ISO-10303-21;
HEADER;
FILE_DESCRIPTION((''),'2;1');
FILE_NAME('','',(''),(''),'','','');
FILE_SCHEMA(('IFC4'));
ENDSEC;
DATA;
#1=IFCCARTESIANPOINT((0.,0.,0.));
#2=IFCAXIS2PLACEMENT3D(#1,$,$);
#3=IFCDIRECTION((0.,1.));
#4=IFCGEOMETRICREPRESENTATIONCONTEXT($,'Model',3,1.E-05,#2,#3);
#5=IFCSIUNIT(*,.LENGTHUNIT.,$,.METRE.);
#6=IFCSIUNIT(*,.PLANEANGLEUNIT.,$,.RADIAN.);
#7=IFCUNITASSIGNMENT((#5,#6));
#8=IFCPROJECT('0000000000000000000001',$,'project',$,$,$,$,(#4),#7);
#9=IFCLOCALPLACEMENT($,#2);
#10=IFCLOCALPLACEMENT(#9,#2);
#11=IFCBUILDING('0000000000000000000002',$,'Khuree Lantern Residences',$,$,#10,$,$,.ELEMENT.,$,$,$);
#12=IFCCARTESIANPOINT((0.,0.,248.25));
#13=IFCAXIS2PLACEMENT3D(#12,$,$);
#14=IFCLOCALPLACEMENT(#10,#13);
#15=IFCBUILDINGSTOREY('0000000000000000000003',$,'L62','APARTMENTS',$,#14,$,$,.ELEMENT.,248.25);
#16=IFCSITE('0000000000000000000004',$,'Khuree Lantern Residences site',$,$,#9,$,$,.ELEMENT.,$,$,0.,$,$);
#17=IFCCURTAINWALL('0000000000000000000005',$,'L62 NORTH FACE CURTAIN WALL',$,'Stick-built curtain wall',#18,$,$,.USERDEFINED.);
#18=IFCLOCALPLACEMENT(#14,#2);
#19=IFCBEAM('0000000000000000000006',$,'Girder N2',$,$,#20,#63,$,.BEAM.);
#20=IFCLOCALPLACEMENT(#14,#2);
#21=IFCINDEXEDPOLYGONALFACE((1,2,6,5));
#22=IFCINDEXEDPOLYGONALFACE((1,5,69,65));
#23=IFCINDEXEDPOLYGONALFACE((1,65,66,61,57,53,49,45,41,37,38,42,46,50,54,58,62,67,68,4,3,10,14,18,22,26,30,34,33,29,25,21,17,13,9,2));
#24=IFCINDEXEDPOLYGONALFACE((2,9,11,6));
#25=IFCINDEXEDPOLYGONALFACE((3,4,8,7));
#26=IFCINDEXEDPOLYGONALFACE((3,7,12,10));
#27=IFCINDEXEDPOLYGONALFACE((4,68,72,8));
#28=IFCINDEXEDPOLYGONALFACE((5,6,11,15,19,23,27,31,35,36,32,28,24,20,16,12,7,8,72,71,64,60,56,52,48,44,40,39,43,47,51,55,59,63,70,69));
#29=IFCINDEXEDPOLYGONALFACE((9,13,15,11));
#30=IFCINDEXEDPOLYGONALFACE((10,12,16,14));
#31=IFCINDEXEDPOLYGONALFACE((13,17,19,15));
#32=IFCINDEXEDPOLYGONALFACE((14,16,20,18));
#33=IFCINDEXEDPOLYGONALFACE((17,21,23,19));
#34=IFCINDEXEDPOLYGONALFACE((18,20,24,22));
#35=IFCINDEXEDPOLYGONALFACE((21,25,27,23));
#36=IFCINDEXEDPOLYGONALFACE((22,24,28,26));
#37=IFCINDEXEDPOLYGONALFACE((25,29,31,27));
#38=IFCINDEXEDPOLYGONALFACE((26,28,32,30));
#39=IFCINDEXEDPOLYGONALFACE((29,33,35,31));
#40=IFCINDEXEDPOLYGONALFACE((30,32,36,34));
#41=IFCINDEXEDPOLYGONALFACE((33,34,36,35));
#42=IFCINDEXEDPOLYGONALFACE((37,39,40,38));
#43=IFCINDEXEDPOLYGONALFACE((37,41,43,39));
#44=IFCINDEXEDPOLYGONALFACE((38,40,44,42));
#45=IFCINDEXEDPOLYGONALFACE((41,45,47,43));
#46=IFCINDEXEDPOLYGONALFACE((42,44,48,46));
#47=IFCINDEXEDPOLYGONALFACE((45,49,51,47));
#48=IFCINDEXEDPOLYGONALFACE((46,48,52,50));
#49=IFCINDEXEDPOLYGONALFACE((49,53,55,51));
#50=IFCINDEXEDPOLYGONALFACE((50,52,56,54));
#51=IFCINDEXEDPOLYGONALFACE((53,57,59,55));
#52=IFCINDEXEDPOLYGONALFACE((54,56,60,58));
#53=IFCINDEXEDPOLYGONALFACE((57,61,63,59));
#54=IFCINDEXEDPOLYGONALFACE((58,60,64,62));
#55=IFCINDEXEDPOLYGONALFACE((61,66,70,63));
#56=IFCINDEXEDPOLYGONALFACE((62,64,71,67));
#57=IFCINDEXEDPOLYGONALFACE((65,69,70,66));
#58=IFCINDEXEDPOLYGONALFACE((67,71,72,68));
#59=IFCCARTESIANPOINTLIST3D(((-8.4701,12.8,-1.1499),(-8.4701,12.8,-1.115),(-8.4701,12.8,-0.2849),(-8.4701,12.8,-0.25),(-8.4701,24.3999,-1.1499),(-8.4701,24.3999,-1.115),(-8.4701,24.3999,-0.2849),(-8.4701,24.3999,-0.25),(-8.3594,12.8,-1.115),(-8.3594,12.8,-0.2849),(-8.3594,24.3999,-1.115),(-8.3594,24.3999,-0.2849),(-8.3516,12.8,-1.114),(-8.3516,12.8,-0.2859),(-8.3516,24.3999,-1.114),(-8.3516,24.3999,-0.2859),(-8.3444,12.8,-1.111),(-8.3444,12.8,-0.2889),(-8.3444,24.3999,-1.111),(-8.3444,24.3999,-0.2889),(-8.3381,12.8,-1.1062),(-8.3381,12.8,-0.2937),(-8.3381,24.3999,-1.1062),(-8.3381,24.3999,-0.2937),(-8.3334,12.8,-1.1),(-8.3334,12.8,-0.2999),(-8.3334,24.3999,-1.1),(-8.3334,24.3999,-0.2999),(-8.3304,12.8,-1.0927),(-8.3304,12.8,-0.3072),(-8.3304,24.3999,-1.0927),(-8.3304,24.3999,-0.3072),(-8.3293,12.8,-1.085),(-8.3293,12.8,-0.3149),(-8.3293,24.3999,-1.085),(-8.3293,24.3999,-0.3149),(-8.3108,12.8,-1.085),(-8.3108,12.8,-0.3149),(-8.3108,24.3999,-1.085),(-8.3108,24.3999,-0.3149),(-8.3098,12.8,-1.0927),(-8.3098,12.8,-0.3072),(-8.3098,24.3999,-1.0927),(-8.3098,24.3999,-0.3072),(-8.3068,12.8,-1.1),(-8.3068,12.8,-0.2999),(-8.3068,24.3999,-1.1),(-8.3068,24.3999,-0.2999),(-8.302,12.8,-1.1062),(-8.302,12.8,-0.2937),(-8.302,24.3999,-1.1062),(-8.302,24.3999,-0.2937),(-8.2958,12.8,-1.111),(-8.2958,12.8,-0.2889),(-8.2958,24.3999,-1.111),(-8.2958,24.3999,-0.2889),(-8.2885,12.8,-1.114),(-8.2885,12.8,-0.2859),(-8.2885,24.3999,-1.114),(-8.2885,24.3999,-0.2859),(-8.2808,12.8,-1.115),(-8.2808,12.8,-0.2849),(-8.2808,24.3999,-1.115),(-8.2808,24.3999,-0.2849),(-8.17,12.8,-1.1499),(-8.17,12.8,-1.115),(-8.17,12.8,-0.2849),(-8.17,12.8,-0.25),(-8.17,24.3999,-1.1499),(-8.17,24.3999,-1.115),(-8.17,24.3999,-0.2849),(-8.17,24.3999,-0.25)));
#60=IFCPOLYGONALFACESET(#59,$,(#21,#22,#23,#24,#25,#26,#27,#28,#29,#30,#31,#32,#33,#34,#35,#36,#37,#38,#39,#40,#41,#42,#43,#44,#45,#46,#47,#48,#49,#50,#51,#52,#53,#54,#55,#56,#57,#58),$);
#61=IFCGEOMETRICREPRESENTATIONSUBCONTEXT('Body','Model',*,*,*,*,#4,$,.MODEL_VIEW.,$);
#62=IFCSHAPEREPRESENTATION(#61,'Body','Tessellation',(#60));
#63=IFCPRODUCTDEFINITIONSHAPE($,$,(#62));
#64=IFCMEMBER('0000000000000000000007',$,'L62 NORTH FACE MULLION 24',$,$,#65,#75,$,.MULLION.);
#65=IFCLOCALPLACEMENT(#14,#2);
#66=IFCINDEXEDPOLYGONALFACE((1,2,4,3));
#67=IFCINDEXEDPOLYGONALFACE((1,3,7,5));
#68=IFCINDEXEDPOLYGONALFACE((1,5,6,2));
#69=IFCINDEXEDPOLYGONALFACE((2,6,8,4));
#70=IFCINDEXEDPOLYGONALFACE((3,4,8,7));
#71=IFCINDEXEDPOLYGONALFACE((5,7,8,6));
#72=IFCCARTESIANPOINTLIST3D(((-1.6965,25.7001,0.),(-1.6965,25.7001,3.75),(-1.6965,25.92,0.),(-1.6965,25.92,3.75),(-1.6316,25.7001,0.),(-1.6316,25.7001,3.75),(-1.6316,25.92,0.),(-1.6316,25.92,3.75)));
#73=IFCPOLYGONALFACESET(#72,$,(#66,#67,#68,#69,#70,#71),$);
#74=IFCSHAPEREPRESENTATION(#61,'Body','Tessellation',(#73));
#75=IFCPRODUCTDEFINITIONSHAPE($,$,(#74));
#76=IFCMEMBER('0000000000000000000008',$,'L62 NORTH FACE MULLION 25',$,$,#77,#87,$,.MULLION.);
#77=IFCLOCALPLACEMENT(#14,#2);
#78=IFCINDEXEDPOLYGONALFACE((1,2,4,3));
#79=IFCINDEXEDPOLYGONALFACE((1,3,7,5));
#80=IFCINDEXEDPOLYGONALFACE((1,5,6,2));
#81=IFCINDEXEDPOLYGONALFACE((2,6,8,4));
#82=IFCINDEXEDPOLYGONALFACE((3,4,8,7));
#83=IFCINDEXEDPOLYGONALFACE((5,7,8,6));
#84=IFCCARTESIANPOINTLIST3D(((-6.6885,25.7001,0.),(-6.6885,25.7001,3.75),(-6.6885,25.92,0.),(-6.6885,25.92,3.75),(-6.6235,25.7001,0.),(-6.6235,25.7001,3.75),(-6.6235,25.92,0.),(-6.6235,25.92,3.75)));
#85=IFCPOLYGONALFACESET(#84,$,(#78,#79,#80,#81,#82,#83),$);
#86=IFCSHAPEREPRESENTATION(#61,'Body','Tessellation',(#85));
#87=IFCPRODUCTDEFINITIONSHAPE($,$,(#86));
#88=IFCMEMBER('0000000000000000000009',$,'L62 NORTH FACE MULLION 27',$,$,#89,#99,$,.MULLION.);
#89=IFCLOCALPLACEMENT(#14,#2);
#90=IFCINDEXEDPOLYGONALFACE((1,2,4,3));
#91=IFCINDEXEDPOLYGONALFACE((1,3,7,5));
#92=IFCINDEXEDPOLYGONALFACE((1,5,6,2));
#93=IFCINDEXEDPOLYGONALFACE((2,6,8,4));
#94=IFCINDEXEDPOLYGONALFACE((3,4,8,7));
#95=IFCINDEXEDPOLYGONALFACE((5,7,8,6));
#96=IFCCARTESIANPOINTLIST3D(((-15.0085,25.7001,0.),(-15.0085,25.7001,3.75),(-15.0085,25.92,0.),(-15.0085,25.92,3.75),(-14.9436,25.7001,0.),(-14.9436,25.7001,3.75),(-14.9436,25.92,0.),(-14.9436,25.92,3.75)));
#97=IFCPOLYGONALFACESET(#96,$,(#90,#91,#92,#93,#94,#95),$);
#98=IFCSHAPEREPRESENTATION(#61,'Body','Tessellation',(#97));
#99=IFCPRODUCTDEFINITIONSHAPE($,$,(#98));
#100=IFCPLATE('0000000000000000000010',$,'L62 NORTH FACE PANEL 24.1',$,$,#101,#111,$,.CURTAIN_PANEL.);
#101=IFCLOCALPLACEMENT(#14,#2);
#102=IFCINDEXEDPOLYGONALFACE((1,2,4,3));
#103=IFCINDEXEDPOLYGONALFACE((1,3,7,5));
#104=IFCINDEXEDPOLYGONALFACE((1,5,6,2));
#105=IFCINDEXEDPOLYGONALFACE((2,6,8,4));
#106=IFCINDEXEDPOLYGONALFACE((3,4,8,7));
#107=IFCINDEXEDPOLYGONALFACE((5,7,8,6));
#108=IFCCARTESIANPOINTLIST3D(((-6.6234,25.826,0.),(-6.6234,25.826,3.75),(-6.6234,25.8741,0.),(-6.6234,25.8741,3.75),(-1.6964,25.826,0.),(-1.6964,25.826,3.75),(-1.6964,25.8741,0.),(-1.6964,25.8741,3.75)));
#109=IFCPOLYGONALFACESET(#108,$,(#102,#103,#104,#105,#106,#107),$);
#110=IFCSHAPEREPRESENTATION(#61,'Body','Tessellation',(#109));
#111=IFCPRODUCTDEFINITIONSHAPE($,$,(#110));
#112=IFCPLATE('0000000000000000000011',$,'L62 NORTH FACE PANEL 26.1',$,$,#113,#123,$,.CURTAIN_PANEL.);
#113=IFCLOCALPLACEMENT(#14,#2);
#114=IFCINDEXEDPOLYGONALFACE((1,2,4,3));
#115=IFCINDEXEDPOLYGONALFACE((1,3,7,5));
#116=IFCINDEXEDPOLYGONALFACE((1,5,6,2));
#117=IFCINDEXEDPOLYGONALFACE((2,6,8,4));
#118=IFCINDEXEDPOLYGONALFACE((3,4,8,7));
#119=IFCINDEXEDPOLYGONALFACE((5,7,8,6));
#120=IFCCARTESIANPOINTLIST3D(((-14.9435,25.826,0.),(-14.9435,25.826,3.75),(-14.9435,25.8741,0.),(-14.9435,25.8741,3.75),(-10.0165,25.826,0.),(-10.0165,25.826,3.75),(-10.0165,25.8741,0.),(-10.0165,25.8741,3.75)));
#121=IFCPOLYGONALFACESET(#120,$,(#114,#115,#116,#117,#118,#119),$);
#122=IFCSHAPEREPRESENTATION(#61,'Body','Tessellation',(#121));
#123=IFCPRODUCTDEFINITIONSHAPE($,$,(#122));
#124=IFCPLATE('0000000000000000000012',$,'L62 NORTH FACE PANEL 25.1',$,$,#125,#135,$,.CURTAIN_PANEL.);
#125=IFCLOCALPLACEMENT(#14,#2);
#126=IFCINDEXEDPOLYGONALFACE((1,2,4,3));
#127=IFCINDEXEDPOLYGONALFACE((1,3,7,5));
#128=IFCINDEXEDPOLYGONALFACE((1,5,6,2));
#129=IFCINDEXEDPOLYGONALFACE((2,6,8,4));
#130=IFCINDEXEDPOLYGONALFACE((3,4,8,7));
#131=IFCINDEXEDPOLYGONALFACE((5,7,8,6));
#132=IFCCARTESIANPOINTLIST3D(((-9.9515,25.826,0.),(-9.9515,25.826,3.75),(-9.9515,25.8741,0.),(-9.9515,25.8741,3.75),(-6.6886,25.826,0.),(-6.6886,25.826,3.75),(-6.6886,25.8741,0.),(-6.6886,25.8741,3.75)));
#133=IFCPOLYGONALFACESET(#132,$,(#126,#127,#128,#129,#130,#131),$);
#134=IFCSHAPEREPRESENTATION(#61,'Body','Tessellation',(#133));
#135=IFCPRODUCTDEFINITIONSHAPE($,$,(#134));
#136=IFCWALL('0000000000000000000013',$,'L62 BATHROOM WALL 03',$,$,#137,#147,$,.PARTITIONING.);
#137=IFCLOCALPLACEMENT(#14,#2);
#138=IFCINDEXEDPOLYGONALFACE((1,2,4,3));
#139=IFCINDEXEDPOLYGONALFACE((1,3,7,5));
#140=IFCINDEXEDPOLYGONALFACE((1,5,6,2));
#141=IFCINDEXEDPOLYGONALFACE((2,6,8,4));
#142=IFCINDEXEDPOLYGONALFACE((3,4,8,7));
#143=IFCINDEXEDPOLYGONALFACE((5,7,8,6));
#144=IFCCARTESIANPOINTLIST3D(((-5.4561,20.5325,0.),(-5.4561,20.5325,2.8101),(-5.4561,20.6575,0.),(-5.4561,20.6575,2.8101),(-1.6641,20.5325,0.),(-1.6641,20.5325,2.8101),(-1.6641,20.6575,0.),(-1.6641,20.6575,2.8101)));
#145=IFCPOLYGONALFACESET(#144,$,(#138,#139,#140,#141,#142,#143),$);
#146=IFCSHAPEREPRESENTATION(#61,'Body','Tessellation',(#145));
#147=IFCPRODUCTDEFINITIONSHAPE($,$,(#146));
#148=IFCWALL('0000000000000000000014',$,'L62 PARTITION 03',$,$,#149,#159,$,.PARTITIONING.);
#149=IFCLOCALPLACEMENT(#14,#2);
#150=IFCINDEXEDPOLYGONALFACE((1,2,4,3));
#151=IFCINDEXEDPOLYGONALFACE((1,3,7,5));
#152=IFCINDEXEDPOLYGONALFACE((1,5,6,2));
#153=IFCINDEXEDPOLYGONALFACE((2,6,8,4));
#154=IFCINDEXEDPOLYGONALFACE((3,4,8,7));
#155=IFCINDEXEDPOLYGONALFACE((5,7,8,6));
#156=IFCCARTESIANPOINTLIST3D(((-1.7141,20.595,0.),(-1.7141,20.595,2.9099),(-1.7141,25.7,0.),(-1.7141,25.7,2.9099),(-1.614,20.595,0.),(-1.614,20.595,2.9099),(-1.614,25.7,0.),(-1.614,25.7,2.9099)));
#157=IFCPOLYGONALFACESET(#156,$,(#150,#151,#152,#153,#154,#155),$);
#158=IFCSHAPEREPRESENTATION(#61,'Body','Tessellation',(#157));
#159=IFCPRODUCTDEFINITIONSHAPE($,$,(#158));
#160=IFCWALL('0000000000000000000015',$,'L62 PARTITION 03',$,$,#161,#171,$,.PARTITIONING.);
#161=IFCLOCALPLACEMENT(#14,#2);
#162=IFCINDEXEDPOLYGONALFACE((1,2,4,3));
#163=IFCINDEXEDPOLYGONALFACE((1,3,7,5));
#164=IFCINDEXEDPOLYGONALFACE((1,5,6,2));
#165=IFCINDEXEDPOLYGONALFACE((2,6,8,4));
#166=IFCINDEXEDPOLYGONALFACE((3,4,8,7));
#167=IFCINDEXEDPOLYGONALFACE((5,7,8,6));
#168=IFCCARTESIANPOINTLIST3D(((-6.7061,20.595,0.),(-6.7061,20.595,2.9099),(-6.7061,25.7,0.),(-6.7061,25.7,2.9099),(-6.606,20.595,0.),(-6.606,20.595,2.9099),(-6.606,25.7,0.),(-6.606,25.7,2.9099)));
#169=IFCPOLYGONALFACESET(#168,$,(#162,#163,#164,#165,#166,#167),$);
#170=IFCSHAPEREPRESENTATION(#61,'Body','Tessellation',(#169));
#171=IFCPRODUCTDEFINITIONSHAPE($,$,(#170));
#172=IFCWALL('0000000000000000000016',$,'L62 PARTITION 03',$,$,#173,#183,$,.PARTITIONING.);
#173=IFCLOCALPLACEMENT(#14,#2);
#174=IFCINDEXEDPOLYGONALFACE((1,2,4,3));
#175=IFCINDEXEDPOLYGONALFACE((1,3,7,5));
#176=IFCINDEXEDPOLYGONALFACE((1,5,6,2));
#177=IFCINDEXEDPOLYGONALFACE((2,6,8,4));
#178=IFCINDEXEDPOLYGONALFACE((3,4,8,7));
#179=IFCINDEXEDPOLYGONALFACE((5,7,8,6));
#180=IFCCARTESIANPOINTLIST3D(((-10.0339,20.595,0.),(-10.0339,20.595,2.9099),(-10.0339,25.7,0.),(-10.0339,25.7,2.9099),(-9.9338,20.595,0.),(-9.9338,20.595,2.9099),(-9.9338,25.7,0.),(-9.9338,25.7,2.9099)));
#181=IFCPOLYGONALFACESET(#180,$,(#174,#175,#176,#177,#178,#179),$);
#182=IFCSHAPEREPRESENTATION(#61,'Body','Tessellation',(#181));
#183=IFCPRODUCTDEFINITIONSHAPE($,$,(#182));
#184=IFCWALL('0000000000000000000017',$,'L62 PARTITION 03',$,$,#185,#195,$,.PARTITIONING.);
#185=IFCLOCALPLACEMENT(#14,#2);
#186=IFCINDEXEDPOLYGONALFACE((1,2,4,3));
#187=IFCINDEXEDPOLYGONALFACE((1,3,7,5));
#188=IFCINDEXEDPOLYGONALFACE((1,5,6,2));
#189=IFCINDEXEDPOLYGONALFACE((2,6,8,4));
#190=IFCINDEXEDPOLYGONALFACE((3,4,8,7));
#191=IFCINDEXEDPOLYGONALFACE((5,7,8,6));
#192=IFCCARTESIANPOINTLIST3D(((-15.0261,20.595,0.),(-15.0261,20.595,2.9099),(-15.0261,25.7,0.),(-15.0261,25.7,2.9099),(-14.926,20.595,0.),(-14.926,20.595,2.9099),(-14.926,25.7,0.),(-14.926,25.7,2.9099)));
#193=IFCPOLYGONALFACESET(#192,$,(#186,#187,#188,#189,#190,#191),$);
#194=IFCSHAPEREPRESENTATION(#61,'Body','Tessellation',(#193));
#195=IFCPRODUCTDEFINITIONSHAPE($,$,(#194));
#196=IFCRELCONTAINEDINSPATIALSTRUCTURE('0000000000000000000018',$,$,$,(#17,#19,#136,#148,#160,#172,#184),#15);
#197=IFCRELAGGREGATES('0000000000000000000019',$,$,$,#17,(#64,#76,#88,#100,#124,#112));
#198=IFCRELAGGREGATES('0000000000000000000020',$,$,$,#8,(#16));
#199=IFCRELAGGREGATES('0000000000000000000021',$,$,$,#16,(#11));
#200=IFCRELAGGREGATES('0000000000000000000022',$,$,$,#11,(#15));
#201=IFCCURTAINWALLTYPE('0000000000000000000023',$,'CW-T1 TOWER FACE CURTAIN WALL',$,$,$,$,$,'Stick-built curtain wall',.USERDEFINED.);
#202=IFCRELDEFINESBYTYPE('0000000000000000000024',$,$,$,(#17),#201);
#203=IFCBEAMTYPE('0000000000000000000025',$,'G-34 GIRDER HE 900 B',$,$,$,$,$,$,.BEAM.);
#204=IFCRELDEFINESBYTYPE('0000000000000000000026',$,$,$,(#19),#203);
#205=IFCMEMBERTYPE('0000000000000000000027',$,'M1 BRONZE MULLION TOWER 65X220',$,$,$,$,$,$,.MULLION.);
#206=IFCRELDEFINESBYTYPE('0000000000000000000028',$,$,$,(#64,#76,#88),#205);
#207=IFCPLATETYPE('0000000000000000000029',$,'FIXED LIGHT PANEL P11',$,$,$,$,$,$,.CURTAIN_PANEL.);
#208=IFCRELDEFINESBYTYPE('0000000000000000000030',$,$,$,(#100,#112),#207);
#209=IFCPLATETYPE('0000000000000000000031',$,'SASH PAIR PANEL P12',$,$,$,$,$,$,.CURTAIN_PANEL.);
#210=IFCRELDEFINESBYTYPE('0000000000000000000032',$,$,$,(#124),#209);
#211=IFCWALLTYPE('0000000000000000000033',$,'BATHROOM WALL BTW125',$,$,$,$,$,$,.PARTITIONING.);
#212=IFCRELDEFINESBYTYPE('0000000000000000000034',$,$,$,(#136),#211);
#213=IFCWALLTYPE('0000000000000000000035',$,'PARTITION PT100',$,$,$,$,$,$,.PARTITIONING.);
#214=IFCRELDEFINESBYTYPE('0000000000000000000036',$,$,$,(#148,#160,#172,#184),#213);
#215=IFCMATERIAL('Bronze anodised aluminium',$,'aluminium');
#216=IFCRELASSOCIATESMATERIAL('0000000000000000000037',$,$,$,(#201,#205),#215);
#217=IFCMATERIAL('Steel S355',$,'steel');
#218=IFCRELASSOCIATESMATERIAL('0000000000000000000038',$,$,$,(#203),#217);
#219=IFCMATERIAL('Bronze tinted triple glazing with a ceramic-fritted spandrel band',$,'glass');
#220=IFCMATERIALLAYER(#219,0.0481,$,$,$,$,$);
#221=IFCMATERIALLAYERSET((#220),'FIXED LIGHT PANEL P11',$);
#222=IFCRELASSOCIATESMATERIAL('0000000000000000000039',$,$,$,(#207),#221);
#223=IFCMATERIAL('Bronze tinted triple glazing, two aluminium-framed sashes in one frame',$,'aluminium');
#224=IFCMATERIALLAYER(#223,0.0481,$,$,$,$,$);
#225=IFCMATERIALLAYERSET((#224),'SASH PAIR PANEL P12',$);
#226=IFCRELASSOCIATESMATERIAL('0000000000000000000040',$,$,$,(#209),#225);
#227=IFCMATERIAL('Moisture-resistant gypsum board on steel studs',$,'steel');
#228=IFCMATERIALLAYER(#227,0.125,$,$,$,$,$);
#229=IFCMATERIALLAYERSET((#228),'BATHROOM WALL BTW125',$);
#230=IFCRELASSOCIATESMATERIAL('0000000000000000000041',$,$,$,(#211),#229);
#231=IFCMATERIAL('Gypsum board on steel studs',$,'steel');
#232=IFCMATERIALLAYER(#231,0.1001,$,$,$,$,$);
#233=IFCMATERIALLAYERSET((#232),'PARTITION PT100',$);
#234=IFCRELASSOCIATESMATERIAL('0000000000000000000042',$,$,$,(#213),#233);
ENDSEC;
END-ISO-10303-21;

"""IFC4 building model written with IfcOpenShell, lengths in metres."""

from ifc_helpers import new_model, si_unit, direction, frame, frame_2d, origin, origin_2d, place, context, subcontext, project, spatial, rectangle, i_section, extrude, material, layer, layer_set, material_profile, profile_set, type_object, element, aggregate, save


model = new_model("IFC4")

# Units and contexts
model_context = context("Model", 3, precision=1e-05, world=origin(), true_north=direction((0.0, 1.0)))
body_context = subcontext(model_context, "Body", "Model", "MODEL_VIEW")
ifc_project = project(units=[si_unit("LENGTHUNIT", "METRE"), si_unit("PLANEANGLEUNIT", "RADIAN")], contexts=[model_context])

# Site, building, storey
site_placement = place(None, origin())
site = spatial("IfcSite", under=ifc_project, at=site_placement, Name="Khuree Lantern Residences site", CompositionType="ELEMENT", RefElevation=0.0)
building_placement = place(site_placement, origin())
building = spatial("IfcBuilding", under=site, at=building_placement, Name="Khuree Lantern Residences", CompositionType="ELEMENT")
storey_placement = place(building_placement, frame((0.0, 0.0, 248.25)))
storey = spatial("IfcBuildingStorey", under=building, at=storey_placement, Name="L62", Description="APARTMENTS", CompositionType="ELEMENT", Elevation=248.25)

# Shared definitions
ifc_material_1 = material(Name="Steel S355", Category="steel")

# Curtain wall
ifc_material_2 = material(Name="Bronze anodised aluminium", Category="aluminium")
curtain_wall_type = type_object("IfcCurtainWallType", Name="CW-T1 TOWER FACE CURTAIN WALL", ElementType="Stick-built curtain wall", PredefinedType="USERDEFINED", material=ifc_material_2)
curtain_wall_placement = place(storey_placement, origin())
curtain_wall = element("IfcCurtainWall", 1, at=curtain_wall_placement, inside=storey, type_object=curtain_wall_type, Name="L62 NORTH FACE CURTAIN WALL", ObjectType="Stick-built curtain wall", PredefinedType="USERDEFINED")

# Beam
ifc_material_profile_1 = material_profile(ifc_material_1, i_section(OverallWidth=0.3, OverallDepth=0.8999, WebThickness=0.0186, FlangeThickness=0.0349, FilletRadius=0.03, at=origin_2d()), Name="HE 900 B")
ifc_profile_set_1 = profile_set([ifc_material_profile_1], Name="Steel S355")
beam_type_1 = type_object("IfcBeamType", Name="G-34 GIRDER HE 900 B", PredefinedType="BEAM", material=ifc_profile_set_1)
beam_1_placement = place(storey_placement, frame((-8.3201, 24.3999, -0.7), z_axis=(0.0, -1.0, 0.0), x_axis=(1.0, 0.0, 0.0)))
element("IfcBeam", 2, at=beam_1_placement, inside=storey, type_object=beam_type_1, Name="Girder N2", PredefinedType="BEAM", context=body_context, shape_type="SweptSolid", body=[
    extrude(i_section(OverallWidth=0.3, OverallDepth=0.8999, WebThickness=0.0186, FlangeThickness=0.0349, FilletRadius=0.03, at=origin_2d()), origin(), (0.0, 0.0, 1.0), 11.5999),
])

# Members
ifc_material_profile_2 = material_profile(ifc_material_2, rectangle(XDim=0.0649, YDim=0.22, at=origin_2d()), Name="M1 65X220")
ifc_profile_set_2 = profile_set([ifc_material_profile_2], Name="Bronze anodised aluminium")
member_type_1 = type_object("IfcMemberType", Name="M1 BRONZE MULLION TOWER 65X220", PredefinedType="MULLION", material=ifc_profile_set_2)
member_1_placement = place(storey_placement, frame((-1.6641, 25.8101, 0.0), z_axis=(0.0, 0.0, 1.0), x_axis=(-1.0, 0.0, 0.0)))
member_1 = element("IfcMember", 3, at=member_1_placement, type_object=member_type_1, Name="L62 NORTH FACE MULLION 24", PredefinedType="MULLION", context=body_context, shape_type="SweptSolid", body=[
    extrude(rectangle(XDim=0.0649, YDim=0.22, at=origin_2d()), origin(), (0.0, 0.0, 1.0), 3.75),
])
member_2_placement = place(storey_placement, frame((-6.656, 25.8101, 0.0), z_axis=(0.0, 0.0, 1.0), x_axis=(-1.0, 0.0, 0.0)))
member_2 = element("IfcMember", 4, at=member_2_placement, type_object=member_type_1, Name="L62 NORTH FACE MULLION 25", PredefinedType="MULLION", context=body_context, shape_type="SweptSolid", body=[
    extrude(rectangle(XDim=0.0649, YDim=0.22, at=origin_2d()), origin(), (0.0, 0.0, 1.0), 3.75),
])
member_3_placement = place(storey_placement, frame((-14.9761, 25.8101, 0.0), z_axis=(0.0, 0.0, 1.0), x_axis=(-1.0, 0.0, 0.0)))
member_3 = element("IfcMember", 5, at=member_3_placement, type_object=member_type_1, Name="L62 NORTH FACE MULLION 27", PredefinedType="MULLION", context=body_context, shape_type="SweptSolid", body=[
    extrude(rectangle(XDim=0.0649, YDim=0.22, at=origin_2d()), origin(), (0.0, 0.0, 1.0), 3.75),
])

# Plates
ifc_material_3 = material(Name="Bronze tinted triple glazing with a ceramic-fritted spandrel band", Category="glass")
ifc_layer_1 = layer(ifc_material_3, 0.0481)
ifc_layer_set_1 = layer_set([ifc_layer_1], Name="FIXED LIGHT PANEL P11")
plate_type_1 = type_object("IfcPlateType", Name="FIXED LIGHT PANEL P11", PredefinedType="CURTAIN_PANEL", material=ifc_layer_set_1)
plate_1_placement = place(storey_placement, frame((-4.1599, 25.8501, 0.0), z_axis=(0.0, 0.0, 1.0), x_axis=(-1.0, 0.0, 0.0)))
plate_1 = element("IfcPlate", 6, at=plate_1_placement, type_object=plate_type_1, Name="L62 NORTH FACE PANEL 24.1", PredefinedType="CURTAIN_PANEL", context=body_context, shape_type="SweptSolid", body=[
    extrude(rectangle(XDim=4.927, YDim=0.0481, at=origin_2d()), origin(), (0.0, 0.0, 1.0), 3.75),
])
plate_2_placement = place(storey_placement, frame((-12.48, 25.8501, 0.0), z_axis=(0.0, 0.0, 1.0), x_axis=(-1.0, 0.0, 0.0)))
plate_2 = element("IfcPlate", 7, at=plate_2_placement, type_object=plate_type_1, Name="L62 NORTH FACE PANEL 26.1", PredefinedType="CURTAIN_PANEL", context=body_context, shape_type="SweptSolid", body=[
    extrude(rectangle(XDim=4.927, YDim=0.0481, at=origin_2d()), origin(), (0.0, 0.0, 1.0), 3.75),
])
ifc_material_4 = material(Name="Bronze tinted triple glazing, two aluminium-framed sashes in one frame", Category="aluminium")
ifc_layer_2 = layer(ifc_material_4, 0.0481)
ifc_layer_set_2 = layer_set([ifc_layer_2], Name="SASH PAIR PANEL P12")
plate_type_2 = type_object("IfcPlateType", Name="SASH PAIR PANEL P12", PredefinedType="CURTAIN_PANEL", material=ifc_layer_set_2)
plate_3_placement = place(storey_placement, frame((-8.3201, 25.8501, 0.0), z_axis=(0.0, 0.0, 1.0), x_axis=(-1.0, 0.0, 0.0)))
plate_3 = element("IfcPlate", 8, at=plate_3_placement, type_object=plate_type_2, Name="L62 NORTH FACE PANEL 25.1", PredefinedType="CURTAIN_PANEL", context=body_context, shape_type="SweptSolid", body=[
    extrude(rectangle(XDim=3.2629, YDim=0.0481, at=origin_2d()), origin(), (0.0, 0.0, 1.0), 3.75),
])
aggregate(curtain_wall, [member_1, member_2, member_3, plate_1, plate_3, plate_2])

# Walls
ifc_material_5 = material(Name="Moisture-resistant gypsum board on steel studs", Category="steel")
ifc_layer_3 = layer(ifc_material_5, 0.125)
ifc_layer_set_3 = layer_set([ifc_layer_3], Name="BATHROOM WALL BTW125")
wall_type_1 = type_object("IfcWallType", Name="BATHROOM WALL BTW125", PredefinedType="PARTITIONING", material=ifc_layer_set_3)
wall_1_placement = place(storey_placement, frame((-1.6641, 20.595, 0.0), z_axis=(0.0, 0.0, 1.0), x_axis=(-1.0, 0.0, 0.0)))
element("IfcWall", 9, at=wall_1_placement, inside=storey, type_object=wall_type_1, Name="L62 BATHROOM WALL 03", PredefinedType="PARTITIONING", context=body_context, shape_type="SweptSolid", body=[
    extrude(rectangle(XDim=3.792, YDim=0.125, at=frame_2d((1.896, 0.0))), origin(), (0.0, 0.0, 1.0), 2.8101),
])
ifc_material_6 = material(Name="Gypsum board on steel studs", Category="steel")
ifc_layer_4 = layer(ifc_material_6, 0.1001)
ifc_layer_set_4 = layer_set([ifc_layer_4], Name="PARTITION PT100")
wall_type_2 = type_object("IfcWallType", Name="PARTITION PT100", PredefinedType="PARTITIONING", material=ifc_layer_set_4)
for number, where, z_axis, x_axis, name in (
    (10, (-1.6641, 20.595, 0.0), (0.0, 0.0, 1.0), (0.0, 1.0, 0.0), "L62 PARTITION 03"),
    (11, (-6.656, 20.595, 0.0), (0.0, 0.0, 1.0), (0.0, 1.0, 0.0), "L62 PARTITION 03"),
    (12, (-9.9839, 20.595, 0.0), (0.0, 0.0, 1.0), (0.0, 1.0, 0.0), "L62 PARTITION 03"),
    (13, (-14.9761, 20.595, 0.0), (0.0, 0.0, 1.0), (0.0, 1.0, 0.0), "L62 PARTITION 03"),
):
    element("IfcWall", number, at=place(storey_placement, frame(where, z_axis=z_axis, x_axis=x_axis)), inside=storey, type_object=wall_type_2, Name=name, PredefinedType="PARTITIONING", context=body_context, shape_type="SweptSolid", body=[
        extrude(rectangle(XDim=5.105, YDim=0.1001, at=frame_2d((2.5525, 0.0))), origin(), (0.0, 0.0, 1.0), 2.9099),
    ])

save(model, "model.ifc")
